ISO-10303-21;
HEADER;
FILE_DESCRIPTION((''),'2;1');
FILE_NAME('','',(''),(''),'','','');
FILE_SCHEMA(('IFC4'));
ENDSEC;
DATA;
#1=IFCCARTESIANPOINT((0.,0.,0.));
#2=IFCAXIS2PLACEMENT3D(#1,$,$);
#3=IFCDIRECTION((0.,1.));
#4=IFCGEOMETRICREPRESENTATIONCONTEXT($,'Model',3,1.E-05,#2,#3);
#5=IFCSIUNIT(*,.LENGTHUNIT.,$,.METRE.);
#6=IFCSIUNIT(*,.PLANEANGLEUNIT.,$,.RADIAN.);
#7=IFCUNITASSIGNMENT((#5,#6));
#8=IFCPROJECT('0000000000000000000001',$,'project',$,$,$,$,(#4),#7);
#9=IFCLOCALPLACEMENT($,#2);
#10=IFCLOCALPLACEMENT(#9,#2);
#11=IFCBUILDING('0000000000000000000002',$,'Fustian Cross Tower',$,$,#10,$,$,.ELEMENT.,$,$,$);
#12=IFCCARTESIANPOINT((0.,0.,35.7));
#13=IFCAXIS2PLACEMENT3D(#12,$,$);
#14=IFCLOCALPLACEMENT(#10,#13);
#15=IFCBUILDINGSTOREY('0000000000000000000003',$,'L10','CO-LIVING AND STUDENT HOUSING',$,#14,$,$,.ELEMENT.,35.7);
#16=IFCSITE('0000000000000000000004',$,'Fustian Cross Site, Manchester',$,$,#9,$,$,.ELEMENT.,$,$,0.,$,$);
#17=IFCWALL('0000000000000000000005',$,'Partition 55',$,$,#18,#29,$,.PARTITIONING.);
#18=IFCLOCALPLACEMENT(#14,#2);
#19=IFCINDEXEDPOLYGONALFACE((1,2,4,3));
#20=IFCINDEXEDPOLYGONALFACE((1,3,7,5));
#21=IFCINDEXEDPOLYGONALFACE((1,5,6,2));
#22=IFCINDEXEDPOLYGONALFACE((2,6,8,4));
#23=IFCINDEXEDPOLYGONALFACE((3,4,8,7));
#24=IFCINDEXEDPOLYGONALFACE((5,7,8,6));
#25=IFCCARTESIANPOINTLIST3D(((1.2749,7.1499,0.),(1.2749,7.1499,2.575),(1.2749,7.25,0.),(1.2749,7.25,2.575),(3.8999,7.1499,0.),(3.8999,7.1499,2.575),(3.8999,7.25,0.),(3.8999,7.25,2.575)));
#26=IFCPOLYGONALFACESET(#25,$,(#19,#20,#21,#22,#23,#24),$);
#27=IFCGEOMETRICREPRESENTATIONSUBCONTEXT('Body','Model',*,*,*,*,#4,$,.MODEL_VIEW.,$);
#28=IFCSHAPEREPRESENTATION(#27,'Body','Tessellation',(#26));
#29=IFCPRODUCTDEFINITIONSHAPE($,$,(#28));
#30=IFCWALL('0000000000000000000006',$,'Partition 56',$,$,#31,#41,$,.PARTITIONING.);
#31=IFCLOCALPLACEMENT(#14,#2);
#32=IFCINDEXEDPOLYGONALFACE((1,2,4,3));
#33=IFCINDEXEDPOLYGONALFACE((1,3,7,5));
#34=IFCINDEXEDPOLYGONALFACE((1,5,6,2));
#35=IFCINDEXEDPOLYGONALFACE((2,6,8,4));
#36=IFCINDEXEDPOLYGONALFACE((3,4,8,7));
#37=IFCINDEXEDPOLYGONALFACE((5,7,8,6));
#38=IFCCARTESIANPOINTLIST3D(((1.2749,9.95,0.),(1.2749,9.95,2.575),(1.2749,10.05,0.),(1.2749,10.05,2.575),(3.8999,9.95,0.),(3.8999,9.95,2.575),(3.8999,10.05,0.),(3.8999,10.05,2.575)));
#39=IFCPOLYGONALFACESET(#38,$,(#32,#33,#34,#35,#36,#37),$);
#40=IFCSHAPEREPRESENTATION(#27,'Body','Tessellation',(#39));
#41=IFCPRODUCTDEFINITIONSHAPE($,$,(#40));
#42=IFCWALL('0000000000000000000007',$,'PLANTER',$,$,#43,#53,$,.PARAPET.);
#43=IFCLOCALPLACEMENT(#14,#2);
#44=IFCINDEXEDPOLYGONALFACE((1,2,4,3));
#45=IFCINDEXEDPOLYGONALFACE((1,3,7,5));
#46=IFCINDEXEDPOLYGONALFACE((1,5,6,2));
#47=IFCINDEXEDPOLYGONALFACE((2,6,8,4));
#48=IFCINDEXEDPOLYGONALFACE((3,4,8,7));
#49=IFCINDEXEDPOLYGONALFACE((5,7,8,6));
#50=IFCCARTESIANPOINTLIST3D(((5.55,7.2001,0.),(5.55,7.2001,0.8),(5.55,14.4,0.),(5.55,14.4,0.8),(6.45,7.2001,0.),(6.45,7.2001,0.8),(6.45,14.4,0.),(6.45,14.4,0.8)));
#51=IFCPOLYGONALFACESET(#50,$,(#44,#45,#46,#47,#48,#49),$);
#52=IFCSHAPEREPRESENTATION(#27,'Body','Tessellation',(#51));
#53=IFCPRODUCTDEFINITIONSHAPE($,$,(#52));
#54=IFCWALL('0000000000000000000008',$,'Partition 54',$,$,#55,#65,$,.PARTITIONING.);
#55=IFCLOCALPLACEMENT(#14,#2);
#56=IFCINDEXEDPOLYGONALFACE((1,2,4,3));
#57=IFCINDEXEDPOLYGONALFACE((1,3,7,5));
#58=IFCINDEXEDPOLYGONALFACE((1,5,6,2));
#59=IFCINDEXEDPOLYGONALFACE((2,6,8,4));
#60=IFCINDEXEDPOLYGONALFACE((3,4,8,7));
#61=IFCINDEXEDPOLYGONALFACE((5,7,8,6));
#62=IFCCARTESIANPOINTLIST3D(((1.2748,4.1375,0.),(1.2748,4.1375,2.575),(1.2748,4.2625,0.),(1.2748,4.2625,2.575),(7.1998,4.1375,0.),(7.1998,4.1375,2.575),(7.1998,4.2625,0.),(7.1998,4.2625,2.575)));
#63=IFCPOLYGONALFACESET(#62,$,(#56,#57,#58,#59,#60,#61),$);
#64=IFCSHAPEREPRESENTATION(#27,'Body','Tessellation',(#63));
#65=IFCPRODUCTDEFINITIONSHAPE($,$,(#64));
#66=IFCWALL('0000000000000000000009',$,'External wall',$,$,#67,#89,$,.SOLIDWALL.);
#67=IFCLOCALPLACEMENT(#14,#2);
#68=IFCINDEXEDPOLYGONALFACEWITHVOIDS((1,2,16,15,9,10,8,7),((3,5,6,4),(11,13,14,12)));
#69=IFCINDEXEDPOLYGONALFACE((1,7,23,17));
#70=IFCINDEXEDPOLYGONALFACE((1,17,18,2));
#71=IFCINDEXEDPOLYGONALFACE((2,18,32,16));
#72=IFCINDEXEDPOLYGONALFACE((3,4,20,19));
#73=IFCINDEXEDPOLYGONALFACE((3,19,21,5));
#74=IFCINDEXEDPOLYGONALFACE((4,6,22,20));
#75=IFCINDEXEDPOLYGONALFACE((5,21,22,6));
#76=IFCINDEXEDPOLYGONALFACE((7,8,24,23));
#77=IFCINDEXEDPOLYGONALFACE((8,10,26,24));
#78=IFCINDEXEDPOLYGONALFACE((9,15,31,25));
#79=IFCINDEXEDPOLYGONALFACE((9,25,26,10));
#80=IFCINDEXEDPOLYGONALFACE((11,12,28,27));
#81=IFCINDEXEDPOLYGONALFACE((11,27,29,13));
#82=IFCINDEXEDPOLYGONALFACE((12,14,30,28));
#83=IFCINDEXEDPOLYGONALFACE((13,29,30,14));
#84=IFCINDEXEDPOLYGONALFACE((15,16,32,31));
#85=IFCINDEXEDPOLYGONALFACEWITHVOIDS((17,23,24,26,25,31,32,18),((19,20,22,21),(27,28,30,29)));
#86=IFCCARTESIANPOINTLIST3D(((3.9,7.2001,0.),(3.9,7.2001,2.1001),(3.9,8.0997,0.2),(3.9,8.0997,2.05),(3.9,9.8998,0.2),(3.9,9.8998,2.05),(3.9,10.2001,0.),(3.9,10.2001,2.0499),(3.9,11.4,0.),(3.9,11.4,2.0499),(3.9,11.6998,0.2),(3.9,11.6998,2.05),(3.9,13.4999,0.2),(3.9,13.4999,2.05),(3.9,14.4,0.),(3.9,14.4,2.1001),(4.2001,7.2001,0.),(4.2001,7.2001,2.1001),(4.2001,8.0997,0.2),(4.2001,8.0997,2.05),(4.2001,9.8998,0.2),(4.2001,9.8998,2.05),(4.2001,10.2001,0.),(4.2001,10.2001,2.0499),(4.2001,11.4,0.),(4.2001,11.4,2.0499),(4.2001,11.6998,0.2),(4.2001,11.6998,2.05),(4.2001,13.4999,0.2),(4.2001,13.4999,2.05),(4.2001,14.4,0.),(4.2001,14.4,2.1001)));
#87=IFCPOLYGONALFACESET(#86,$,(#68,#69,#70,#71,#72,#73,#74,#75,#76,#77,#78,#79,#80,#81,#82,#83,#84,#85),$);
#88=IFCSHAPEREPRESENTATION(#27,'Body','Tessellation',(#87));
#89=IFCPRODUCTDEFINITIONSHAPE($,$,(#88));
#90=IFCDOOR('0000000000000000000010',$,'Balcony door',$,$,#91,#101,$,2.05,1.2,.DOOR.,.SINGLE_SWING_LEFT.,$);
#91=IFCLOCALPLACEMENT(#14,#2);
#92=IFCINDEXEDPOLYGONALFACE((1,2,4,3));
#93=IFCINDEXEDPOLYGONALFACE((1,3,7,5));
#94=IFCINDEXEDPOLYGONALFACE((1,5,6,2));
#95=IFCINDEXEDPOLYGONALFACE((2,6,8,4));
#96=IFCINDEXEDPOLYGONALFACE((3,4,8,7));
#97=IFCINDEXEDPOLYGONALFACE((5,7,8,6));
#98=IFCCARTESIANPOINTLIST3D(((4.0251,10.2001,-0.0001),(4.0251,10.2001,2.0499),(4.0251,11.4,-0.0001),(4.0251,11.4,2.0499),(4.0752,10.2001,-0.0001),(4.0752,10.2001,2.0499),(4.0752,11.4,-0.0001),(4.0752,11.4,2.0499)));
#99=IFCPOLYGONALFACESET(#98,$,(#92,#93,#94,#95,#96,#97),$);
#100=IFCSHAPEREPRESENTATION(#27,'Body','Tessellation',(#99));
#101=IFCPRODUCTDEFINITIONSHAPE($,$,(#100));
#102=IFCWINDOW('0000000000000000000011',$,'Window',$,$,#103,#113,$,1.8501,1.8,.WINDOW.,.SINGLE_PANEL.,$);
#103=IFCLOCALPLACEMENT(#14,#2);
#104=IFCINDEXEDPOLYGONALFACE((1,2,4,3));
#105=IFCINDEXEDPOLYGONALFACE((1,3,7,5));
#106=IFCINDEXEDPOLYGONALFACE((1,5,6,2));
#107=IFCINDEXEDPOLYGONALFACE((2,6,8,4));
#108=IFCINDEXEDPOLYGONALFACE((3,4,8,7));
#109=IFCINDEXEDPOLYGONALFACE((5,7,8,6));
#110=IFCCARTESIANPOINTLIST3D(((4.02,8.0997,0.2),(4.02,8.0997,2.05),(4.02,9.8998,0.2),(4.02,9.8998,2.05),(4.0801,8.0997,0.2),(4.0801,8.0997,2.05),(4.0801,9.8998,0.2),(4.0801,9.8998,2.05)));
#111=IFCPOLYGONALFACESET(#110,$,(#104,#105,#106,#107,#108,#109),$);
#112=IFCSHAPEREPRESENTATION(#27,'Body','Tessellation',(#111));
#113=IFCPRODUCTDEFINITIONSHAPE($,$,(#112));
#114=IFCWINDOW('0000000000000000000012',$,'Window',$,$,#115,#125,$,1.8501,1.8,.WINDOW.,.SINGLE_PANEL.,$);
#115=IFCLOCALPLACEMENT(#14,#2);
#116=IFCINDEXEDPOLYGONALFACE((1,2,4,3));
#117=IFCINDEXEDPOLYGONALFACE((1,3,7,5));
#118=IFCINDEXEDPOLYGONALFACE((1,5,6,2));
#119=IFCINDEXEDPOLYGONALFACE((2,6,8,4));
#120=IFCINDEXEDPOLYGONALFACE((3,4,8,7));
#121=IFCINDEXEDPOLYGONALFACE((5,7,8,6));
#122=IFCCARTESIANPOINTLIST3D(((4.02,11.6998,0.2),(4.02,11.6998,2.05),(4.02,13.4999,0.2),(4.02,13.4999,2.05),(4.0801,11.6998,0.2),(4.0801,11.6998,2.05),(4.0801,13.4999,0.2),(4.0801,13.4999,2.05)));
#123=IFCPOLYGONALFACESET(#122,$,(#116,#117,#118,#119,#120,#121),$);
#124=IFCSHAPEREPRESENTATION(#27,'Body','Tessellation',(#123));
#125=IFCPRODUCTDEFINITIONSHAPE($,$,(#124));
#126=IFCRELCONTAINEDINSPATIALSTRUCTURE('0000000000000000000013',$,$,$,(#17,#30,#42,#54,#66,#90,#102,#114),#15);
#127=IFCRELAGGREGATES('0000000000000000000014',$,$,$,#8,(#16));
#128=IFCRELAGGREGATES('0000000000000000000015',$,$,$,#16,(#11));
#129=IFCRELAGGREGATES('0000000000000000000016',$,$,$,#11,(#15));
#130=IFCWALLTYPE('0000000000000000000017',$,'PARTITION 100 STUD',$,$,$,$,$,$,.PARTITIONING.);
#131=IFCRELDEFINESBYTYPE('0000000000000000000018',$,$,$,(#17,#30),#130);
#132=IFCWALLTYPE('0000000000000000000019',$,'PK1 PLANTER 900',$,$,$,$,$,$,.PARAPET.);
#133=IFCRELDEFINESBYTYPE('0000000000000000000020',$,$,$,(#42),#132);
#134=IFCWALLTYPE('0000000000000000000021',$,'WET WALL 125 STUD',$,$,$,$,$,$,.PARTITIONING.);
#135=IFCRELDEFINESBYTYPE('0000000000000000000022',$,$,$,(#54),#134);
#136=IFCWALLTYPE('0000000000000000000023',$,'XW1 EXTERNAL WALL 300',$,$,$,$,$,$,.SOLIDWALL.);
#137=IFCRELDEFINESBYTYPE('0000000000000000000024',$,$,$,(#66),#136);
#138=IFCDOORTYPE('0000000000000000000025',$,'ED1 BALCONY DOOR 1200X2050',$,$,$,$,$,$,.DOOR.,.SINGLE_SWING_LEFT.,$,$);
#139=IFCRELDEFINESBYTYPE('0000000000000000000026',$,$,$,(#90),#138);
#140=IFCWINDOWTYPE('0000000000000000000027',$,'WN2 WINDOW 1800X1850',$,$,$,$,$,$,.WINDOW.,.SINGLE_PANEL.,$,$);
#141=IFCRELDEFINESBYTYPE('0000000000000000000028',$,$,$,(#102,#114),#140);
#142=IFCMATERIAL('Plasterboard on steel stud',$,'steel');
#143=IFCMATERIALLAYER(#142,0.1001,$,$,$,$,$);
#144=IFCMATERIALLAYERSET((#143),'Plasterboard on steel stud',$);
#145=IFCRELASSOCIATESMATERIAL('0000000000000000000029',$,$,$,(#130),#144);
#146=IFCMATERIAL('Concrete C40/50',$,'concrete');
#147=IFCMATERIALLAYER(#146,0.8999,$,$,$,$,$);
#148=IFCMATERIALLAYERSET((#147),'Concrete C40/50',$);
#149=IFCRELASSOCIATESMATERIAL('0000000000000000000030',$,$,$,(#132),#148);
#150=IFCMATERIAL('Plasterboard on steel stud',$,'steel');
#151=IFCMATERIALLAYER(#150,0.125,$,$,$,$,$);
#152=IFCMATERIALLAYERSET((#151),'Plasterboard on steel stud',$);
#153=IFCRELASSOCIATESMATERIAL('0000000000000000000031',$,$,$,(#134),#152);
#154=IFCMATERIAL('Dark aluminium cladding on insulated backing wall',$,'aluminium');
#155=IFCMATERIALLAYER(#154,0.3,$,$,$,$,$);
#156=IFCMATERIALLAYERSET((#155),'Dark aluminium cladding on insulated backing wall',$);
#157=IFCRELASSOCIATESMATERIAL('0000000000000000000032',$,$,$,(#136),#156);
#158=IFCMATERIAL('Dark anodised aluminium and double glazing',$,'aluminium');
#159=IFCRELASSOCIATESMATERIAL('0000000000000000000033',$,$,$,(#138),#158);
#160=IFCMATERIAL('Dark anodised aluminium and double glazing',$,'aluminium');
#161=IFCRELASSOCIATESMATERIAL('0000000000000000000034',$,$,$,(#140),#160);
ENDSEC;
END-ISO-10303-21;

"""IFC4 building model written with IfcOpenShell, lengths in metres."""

from ifc_helpers import new_model, si_unit, direction, frame, frame_2d, origin, place, context, subcontext, project, spatial, rectangle, extrude, material, layer, layer_set, type_object, element, fill, save


model = new_model("IFC4")

# Units and contexts
model_context = context("Model", 3, precision=1e-05, world=origin(), true_north=direction((0.0, 1.0)))
body_context = subcontext(model_context, "Body", "Model", "MODEL_VIEW")
ifc_project = project(units=[si_unit("LENGTHUNIT", "METRE"), si_unit("PLANEANGLEUNIT", "RADIAN")], contexts=[model_context])

# Site, building, storey
site_placement = place(None, origin())
site = spatial("IfcSite", under=ifc_project, at=site_placement, Name="Fustian Cross Site, Manchester", CompositionType="ELEMENT", RefElevation=0.0)
building_placement = place(site_placement, origin())
building = spatial("IfcBuilding", under=site, at=building_placement, Name="Fustian Cross Tower", CompositionType="ELEMENT")
storey_placement = place(building_placement, frame((0.0, 0.0, 35.7)))
storey = spatial("IfcBuildingStorey", under=building, at=storey_placement, Name="L10", Description="CO-LIVING AND STUDENT HOUSING", CompositionType="ELEMENT", Elevation=35.7)

# Walls
ifc_material_1 = material(Name="Plasterboard on steel stud", Category="steel")
ifc_layer_1 = layer(ifc_material_1, 0.1001)
ifc_layer_set_1 = layer_set([ifc_layer_1], Name="Plasterboard on steel stud")
wall_type_1 = type_object("IfcWallType", Name="PARTITION 100 STUD", PredefinedType="PARTITIONING", material=ifc_layer_set_1)
for number, where, z_axis, x_axis, name in (
    (1, (1.2749, 7.2, 0.0), (0.0, 0.0, 1.0), (1.0, 0.0, 0.0), "Partition 55"),
    (2, (1.2749, 10.0, 0.0), (0.0, 0.0, 1.0), (1.0, 0.0, 0.0), "Partition 56"),
):
    element("IfcWall", number, at=place(storey_placement, frame(where, z_axis=z_axis, x_axis=x_axis)), inside=storey, type_object=wall_type_1, Name=name, PredefinedType="PARTITIONING", context=body_context, shape_type="SweptSolid", body=[
        extrude(rectangle(XDim=2.625, YDim=0.1001, at=frame_2d((1.3125, 0.0))), origin(), (0.0, 0.0, 1.0), 2.575),
    ])
ifc_material_2 = material(Name="Concrete C40/50", Category="concrete")
ifc_layer_2 = layer(ifc_material_2, 0.8999)
ifc_layer_set_2 = layer_set([ifc_layer_2], Name="Concrete C40/50")
wall_type_2 = type_object("IfcWallType", Name="PK1 PLANTER 900", PredefinedType="PARAPET", material=ifc_layer_set_2)
wall_1_placement = place(storey_placement, frame((6.0, 7.2, 0.0), z_axis=(0.0, 0.0, 1.0), x_axis=(0.0, 1.0, 0.0)))
element("IfcWall", 3, at=wall_1_placement, inside=storey, type_object=wall_type_2, Name="PLANTER", PredefinedType="PARAPET", context=body_context, shape_type="SweptSolid", body=[
    extrude(rectangle(XDim=7.2, YDim=0.8999, at=frame_2d((3.6001, 0.0))), origin(), (0.0, 0.0, 1.0), 0.8),
])
ifc_material_3 = material(Name="Plasterboard on steel stud", Category="steel")
ifc_layer_3 = layer(ifc_material_3, 0.125)
ifc_layer_set_3 = layer_set([ifc_layer_3], Name="Plasterboard on steel stud")
wall_type_3 = type_object("IfcWallType", Name="WET WALL 125 STUD", PredefinedType="PARTITIONING", material=ifc_layer_set_3)
wall_2_placement = place(storey_placement, frame((1.2749, 4.2, 0.0), z_axis=(0.0, 0.0, 1.0), x_axis=(1.0, 0.0, 0.0)))
element("IfcWall", 4, at=wall_2_placement, inside=storey, type_object=wall_type_3, Name="Partition 54", PredefinedType="PARTITIONING", context=body_context, shape_type="SweptSolid", body=[
    extrude(rectangle(XDim=5.925, YDim=0.125, at=frame_2d((2.9624, 0.0))), origin(), (0.0, 0.0, 1.0), 2.575),
])

# Wall, openings, door, windows
ifc_material_4 = material(Name="Dark aluminium cladding on insulated backing wall", Category="aluminium")
ifc_layer_4 = layer(ifc_material_4, 0.3)
ifc_layer_set_4 = layer_set([ifc_layer_4], Name="Dark aluminium cladding on insulated backing wall")
wall_type_4 = type_object("IfcWallType", Name="XW1 EXTERNAL WALL 300", PredefinedType="SOLIDWALL", material=ifc_layer_set_4)
wall_3_placement = place(storey_placement, frame((4.05, 7.2, 0.0), z_axis=(0.0, 0.0, 1.0), x_axis=(0.0, 1.0, 0.0)))
wall_3 = element("IfcWall", 5, at=wall_3_placement, inside=storey, type_object=wall_type_4, Name="External wall", PredefinedType="SOLIDWALL", context=body_context, shape_type="SweptSolid", body=[
    extrude(rectangle(XDim=7.2, YDim=0.3, at=frame_2d((3.6001, 0.0))), origin(), (0.0, 0.0, 1.0), 2.1001),
])
opening_1_placement = place(wall_3_placement, frame((3.0, 0.0, 0.0)))
opening_1 = element("IfcOpeningElement", 6, at=opening_1_placement, cuts=wall_3, PredefinedType="OPENING", context=body_context, shape_type="SweptSolid", body=[
    extrude(rectangle(XDim=1.2, YDim=2.05, at=frame_2d((0.6001, 1.0249))), frame((0.0, 0.1599, 0.0), z_axis=(0.0, -1.0, 0.0), x_axis=(1.0, 0.0, 0.0)), (0.0, 0.0, 1.0), 0.3201),
])
opening_2_placement = place(wall_3_placement, frame((0.8999, 0.0, 0.2)))
opening_2 = element("IfcOpeningElement", 7, at=opening_2_placement, cuts=wall_3, PredefinedType="OPENING", context=body_context, shape_type="SweptSolid", body=[
    extrude(rectangle(XDim=1.8, YDim=1.8501, at=frame_2d((0.8999, 0.925))), frame((0.0, 0.1599, 0.0), z_axis=(0.0, -1.0, 0.0), x_axis=(1.0, 0.0, 0.0)), (0.0, 0.0, 1.0), 0.3201),
])
opening_3_placement = place(wall_3_placement, frame((4.5, 0.0, 0.2)))
opening_3 = element("IfcOpeningElement", 8, at=opening_3_placement, cuts=wall_3, PredefinedType="OPENING", context=body_context, shape_type="SweptSolid", body=[
    extrude(rectangle(XDim=1.8, YDim=1.8501, at=frame_2d((0.8999, 0.925))), frame((0.0, 0.1599, 0.0), z_axis=(0.0, -1.0, 0.0), x_axis=(1.0, 0.0, 0.0)), (0.0, 0.0, 1.0), 0.3201),
])
ifc_material_5 = material(Name="Dark anodised aluminium and double glazing", Category="aluminium")
door_type_1 = type_object("IfcDoorType", Name="ED1 BALCONY DOOR 1200X2050", OperationType="SINGLE_SWING_LEFT", PredefinedType="DOOR", material=ifc_material_5)
door_1_placement = place(opening_1_placement, origin())
door_1 = element("IfcDoor", 9, at=door_1_placement, inside=storey, type_object=door_type_1, Name="Balcony door", OperationType="SINGLE_SWING_LEFT", OverallHeight=2.05, OverallWidth=1.2, PredefinedType="DOOR", context=body_context, shape_type="SweptSolid", body=[
    extrude(rectangle(XDim=1.2, YDim=2.05, at=frame_2d((0.6001, 1.0249))), frame((0.0, 0.0249, 0.0), z_axis=(0.0, -1.0, 0.0), x_axis=(1.0, 0.0, 0.0)), (0.0, 0.0, 1.0), 0.05),
])
fill(opening_1, door_1)
ifc_material_6 = material(Name="Dark anodised aluminium and double glazing", Category="aluminium")
window_type = type_object("IfcWindowType", Name="WN2 WINDOW 1800X1850", PartitioningType="SINGLE_PANEL", PredefinedType="WINDOW", material=ifc_material_6)
window_1_placement = place(opening_2_placement, origin())
window_1 = element("IfcWindow", 10, at=window_1_placement, inside=storey, type_object=window_type, Name="Window", OverallHeight=1.8501, OverallWidth=1.8, PartitioningType="SINGLE_PANEL", PredefinedType="WINDOW", context=body_context, shape_type="SweptSolid", body=[
    extrude(rectangle(XDim=1.8, YDim=1.8501, at=frame_2d((0.8999, 0.925))), frame((0.0, 0.03, 0.0), z_axis=(0.0, -1.0, 0.0), x_axis=(1.0, 0.0, 0.0)), (0.0, 0.0, 1.0), 0.0601),
])
fill(opening_2, window_1)
window_2_placement = place(opening_3_placement, origin())
window_2 = element("IfcWindow", 11, at=window_2_placement, inside=storey, type_object=window_type, Name="Window", OverallHeight=1.8501, OverallWidth=1.8, PartitioningType="SINGLE_PANEL", PredefinedType="WINDOW", context=body_context, shape_type="SweptSolid", body=[
    extrude(rectangle(XDim=1.8, YDim=1.8501, at=frame_2d((0.8999, 0.925))), frame((0.0, 0.03, 0.0), z_axis=(0.0, -1.0, 0.0), x_axis=(1.0, 0.0, 0.0)), (0.0, 0.0, 1.0), 0.0601),
])
fill(opening_3, window_2)

save(model, "model.ifc")
